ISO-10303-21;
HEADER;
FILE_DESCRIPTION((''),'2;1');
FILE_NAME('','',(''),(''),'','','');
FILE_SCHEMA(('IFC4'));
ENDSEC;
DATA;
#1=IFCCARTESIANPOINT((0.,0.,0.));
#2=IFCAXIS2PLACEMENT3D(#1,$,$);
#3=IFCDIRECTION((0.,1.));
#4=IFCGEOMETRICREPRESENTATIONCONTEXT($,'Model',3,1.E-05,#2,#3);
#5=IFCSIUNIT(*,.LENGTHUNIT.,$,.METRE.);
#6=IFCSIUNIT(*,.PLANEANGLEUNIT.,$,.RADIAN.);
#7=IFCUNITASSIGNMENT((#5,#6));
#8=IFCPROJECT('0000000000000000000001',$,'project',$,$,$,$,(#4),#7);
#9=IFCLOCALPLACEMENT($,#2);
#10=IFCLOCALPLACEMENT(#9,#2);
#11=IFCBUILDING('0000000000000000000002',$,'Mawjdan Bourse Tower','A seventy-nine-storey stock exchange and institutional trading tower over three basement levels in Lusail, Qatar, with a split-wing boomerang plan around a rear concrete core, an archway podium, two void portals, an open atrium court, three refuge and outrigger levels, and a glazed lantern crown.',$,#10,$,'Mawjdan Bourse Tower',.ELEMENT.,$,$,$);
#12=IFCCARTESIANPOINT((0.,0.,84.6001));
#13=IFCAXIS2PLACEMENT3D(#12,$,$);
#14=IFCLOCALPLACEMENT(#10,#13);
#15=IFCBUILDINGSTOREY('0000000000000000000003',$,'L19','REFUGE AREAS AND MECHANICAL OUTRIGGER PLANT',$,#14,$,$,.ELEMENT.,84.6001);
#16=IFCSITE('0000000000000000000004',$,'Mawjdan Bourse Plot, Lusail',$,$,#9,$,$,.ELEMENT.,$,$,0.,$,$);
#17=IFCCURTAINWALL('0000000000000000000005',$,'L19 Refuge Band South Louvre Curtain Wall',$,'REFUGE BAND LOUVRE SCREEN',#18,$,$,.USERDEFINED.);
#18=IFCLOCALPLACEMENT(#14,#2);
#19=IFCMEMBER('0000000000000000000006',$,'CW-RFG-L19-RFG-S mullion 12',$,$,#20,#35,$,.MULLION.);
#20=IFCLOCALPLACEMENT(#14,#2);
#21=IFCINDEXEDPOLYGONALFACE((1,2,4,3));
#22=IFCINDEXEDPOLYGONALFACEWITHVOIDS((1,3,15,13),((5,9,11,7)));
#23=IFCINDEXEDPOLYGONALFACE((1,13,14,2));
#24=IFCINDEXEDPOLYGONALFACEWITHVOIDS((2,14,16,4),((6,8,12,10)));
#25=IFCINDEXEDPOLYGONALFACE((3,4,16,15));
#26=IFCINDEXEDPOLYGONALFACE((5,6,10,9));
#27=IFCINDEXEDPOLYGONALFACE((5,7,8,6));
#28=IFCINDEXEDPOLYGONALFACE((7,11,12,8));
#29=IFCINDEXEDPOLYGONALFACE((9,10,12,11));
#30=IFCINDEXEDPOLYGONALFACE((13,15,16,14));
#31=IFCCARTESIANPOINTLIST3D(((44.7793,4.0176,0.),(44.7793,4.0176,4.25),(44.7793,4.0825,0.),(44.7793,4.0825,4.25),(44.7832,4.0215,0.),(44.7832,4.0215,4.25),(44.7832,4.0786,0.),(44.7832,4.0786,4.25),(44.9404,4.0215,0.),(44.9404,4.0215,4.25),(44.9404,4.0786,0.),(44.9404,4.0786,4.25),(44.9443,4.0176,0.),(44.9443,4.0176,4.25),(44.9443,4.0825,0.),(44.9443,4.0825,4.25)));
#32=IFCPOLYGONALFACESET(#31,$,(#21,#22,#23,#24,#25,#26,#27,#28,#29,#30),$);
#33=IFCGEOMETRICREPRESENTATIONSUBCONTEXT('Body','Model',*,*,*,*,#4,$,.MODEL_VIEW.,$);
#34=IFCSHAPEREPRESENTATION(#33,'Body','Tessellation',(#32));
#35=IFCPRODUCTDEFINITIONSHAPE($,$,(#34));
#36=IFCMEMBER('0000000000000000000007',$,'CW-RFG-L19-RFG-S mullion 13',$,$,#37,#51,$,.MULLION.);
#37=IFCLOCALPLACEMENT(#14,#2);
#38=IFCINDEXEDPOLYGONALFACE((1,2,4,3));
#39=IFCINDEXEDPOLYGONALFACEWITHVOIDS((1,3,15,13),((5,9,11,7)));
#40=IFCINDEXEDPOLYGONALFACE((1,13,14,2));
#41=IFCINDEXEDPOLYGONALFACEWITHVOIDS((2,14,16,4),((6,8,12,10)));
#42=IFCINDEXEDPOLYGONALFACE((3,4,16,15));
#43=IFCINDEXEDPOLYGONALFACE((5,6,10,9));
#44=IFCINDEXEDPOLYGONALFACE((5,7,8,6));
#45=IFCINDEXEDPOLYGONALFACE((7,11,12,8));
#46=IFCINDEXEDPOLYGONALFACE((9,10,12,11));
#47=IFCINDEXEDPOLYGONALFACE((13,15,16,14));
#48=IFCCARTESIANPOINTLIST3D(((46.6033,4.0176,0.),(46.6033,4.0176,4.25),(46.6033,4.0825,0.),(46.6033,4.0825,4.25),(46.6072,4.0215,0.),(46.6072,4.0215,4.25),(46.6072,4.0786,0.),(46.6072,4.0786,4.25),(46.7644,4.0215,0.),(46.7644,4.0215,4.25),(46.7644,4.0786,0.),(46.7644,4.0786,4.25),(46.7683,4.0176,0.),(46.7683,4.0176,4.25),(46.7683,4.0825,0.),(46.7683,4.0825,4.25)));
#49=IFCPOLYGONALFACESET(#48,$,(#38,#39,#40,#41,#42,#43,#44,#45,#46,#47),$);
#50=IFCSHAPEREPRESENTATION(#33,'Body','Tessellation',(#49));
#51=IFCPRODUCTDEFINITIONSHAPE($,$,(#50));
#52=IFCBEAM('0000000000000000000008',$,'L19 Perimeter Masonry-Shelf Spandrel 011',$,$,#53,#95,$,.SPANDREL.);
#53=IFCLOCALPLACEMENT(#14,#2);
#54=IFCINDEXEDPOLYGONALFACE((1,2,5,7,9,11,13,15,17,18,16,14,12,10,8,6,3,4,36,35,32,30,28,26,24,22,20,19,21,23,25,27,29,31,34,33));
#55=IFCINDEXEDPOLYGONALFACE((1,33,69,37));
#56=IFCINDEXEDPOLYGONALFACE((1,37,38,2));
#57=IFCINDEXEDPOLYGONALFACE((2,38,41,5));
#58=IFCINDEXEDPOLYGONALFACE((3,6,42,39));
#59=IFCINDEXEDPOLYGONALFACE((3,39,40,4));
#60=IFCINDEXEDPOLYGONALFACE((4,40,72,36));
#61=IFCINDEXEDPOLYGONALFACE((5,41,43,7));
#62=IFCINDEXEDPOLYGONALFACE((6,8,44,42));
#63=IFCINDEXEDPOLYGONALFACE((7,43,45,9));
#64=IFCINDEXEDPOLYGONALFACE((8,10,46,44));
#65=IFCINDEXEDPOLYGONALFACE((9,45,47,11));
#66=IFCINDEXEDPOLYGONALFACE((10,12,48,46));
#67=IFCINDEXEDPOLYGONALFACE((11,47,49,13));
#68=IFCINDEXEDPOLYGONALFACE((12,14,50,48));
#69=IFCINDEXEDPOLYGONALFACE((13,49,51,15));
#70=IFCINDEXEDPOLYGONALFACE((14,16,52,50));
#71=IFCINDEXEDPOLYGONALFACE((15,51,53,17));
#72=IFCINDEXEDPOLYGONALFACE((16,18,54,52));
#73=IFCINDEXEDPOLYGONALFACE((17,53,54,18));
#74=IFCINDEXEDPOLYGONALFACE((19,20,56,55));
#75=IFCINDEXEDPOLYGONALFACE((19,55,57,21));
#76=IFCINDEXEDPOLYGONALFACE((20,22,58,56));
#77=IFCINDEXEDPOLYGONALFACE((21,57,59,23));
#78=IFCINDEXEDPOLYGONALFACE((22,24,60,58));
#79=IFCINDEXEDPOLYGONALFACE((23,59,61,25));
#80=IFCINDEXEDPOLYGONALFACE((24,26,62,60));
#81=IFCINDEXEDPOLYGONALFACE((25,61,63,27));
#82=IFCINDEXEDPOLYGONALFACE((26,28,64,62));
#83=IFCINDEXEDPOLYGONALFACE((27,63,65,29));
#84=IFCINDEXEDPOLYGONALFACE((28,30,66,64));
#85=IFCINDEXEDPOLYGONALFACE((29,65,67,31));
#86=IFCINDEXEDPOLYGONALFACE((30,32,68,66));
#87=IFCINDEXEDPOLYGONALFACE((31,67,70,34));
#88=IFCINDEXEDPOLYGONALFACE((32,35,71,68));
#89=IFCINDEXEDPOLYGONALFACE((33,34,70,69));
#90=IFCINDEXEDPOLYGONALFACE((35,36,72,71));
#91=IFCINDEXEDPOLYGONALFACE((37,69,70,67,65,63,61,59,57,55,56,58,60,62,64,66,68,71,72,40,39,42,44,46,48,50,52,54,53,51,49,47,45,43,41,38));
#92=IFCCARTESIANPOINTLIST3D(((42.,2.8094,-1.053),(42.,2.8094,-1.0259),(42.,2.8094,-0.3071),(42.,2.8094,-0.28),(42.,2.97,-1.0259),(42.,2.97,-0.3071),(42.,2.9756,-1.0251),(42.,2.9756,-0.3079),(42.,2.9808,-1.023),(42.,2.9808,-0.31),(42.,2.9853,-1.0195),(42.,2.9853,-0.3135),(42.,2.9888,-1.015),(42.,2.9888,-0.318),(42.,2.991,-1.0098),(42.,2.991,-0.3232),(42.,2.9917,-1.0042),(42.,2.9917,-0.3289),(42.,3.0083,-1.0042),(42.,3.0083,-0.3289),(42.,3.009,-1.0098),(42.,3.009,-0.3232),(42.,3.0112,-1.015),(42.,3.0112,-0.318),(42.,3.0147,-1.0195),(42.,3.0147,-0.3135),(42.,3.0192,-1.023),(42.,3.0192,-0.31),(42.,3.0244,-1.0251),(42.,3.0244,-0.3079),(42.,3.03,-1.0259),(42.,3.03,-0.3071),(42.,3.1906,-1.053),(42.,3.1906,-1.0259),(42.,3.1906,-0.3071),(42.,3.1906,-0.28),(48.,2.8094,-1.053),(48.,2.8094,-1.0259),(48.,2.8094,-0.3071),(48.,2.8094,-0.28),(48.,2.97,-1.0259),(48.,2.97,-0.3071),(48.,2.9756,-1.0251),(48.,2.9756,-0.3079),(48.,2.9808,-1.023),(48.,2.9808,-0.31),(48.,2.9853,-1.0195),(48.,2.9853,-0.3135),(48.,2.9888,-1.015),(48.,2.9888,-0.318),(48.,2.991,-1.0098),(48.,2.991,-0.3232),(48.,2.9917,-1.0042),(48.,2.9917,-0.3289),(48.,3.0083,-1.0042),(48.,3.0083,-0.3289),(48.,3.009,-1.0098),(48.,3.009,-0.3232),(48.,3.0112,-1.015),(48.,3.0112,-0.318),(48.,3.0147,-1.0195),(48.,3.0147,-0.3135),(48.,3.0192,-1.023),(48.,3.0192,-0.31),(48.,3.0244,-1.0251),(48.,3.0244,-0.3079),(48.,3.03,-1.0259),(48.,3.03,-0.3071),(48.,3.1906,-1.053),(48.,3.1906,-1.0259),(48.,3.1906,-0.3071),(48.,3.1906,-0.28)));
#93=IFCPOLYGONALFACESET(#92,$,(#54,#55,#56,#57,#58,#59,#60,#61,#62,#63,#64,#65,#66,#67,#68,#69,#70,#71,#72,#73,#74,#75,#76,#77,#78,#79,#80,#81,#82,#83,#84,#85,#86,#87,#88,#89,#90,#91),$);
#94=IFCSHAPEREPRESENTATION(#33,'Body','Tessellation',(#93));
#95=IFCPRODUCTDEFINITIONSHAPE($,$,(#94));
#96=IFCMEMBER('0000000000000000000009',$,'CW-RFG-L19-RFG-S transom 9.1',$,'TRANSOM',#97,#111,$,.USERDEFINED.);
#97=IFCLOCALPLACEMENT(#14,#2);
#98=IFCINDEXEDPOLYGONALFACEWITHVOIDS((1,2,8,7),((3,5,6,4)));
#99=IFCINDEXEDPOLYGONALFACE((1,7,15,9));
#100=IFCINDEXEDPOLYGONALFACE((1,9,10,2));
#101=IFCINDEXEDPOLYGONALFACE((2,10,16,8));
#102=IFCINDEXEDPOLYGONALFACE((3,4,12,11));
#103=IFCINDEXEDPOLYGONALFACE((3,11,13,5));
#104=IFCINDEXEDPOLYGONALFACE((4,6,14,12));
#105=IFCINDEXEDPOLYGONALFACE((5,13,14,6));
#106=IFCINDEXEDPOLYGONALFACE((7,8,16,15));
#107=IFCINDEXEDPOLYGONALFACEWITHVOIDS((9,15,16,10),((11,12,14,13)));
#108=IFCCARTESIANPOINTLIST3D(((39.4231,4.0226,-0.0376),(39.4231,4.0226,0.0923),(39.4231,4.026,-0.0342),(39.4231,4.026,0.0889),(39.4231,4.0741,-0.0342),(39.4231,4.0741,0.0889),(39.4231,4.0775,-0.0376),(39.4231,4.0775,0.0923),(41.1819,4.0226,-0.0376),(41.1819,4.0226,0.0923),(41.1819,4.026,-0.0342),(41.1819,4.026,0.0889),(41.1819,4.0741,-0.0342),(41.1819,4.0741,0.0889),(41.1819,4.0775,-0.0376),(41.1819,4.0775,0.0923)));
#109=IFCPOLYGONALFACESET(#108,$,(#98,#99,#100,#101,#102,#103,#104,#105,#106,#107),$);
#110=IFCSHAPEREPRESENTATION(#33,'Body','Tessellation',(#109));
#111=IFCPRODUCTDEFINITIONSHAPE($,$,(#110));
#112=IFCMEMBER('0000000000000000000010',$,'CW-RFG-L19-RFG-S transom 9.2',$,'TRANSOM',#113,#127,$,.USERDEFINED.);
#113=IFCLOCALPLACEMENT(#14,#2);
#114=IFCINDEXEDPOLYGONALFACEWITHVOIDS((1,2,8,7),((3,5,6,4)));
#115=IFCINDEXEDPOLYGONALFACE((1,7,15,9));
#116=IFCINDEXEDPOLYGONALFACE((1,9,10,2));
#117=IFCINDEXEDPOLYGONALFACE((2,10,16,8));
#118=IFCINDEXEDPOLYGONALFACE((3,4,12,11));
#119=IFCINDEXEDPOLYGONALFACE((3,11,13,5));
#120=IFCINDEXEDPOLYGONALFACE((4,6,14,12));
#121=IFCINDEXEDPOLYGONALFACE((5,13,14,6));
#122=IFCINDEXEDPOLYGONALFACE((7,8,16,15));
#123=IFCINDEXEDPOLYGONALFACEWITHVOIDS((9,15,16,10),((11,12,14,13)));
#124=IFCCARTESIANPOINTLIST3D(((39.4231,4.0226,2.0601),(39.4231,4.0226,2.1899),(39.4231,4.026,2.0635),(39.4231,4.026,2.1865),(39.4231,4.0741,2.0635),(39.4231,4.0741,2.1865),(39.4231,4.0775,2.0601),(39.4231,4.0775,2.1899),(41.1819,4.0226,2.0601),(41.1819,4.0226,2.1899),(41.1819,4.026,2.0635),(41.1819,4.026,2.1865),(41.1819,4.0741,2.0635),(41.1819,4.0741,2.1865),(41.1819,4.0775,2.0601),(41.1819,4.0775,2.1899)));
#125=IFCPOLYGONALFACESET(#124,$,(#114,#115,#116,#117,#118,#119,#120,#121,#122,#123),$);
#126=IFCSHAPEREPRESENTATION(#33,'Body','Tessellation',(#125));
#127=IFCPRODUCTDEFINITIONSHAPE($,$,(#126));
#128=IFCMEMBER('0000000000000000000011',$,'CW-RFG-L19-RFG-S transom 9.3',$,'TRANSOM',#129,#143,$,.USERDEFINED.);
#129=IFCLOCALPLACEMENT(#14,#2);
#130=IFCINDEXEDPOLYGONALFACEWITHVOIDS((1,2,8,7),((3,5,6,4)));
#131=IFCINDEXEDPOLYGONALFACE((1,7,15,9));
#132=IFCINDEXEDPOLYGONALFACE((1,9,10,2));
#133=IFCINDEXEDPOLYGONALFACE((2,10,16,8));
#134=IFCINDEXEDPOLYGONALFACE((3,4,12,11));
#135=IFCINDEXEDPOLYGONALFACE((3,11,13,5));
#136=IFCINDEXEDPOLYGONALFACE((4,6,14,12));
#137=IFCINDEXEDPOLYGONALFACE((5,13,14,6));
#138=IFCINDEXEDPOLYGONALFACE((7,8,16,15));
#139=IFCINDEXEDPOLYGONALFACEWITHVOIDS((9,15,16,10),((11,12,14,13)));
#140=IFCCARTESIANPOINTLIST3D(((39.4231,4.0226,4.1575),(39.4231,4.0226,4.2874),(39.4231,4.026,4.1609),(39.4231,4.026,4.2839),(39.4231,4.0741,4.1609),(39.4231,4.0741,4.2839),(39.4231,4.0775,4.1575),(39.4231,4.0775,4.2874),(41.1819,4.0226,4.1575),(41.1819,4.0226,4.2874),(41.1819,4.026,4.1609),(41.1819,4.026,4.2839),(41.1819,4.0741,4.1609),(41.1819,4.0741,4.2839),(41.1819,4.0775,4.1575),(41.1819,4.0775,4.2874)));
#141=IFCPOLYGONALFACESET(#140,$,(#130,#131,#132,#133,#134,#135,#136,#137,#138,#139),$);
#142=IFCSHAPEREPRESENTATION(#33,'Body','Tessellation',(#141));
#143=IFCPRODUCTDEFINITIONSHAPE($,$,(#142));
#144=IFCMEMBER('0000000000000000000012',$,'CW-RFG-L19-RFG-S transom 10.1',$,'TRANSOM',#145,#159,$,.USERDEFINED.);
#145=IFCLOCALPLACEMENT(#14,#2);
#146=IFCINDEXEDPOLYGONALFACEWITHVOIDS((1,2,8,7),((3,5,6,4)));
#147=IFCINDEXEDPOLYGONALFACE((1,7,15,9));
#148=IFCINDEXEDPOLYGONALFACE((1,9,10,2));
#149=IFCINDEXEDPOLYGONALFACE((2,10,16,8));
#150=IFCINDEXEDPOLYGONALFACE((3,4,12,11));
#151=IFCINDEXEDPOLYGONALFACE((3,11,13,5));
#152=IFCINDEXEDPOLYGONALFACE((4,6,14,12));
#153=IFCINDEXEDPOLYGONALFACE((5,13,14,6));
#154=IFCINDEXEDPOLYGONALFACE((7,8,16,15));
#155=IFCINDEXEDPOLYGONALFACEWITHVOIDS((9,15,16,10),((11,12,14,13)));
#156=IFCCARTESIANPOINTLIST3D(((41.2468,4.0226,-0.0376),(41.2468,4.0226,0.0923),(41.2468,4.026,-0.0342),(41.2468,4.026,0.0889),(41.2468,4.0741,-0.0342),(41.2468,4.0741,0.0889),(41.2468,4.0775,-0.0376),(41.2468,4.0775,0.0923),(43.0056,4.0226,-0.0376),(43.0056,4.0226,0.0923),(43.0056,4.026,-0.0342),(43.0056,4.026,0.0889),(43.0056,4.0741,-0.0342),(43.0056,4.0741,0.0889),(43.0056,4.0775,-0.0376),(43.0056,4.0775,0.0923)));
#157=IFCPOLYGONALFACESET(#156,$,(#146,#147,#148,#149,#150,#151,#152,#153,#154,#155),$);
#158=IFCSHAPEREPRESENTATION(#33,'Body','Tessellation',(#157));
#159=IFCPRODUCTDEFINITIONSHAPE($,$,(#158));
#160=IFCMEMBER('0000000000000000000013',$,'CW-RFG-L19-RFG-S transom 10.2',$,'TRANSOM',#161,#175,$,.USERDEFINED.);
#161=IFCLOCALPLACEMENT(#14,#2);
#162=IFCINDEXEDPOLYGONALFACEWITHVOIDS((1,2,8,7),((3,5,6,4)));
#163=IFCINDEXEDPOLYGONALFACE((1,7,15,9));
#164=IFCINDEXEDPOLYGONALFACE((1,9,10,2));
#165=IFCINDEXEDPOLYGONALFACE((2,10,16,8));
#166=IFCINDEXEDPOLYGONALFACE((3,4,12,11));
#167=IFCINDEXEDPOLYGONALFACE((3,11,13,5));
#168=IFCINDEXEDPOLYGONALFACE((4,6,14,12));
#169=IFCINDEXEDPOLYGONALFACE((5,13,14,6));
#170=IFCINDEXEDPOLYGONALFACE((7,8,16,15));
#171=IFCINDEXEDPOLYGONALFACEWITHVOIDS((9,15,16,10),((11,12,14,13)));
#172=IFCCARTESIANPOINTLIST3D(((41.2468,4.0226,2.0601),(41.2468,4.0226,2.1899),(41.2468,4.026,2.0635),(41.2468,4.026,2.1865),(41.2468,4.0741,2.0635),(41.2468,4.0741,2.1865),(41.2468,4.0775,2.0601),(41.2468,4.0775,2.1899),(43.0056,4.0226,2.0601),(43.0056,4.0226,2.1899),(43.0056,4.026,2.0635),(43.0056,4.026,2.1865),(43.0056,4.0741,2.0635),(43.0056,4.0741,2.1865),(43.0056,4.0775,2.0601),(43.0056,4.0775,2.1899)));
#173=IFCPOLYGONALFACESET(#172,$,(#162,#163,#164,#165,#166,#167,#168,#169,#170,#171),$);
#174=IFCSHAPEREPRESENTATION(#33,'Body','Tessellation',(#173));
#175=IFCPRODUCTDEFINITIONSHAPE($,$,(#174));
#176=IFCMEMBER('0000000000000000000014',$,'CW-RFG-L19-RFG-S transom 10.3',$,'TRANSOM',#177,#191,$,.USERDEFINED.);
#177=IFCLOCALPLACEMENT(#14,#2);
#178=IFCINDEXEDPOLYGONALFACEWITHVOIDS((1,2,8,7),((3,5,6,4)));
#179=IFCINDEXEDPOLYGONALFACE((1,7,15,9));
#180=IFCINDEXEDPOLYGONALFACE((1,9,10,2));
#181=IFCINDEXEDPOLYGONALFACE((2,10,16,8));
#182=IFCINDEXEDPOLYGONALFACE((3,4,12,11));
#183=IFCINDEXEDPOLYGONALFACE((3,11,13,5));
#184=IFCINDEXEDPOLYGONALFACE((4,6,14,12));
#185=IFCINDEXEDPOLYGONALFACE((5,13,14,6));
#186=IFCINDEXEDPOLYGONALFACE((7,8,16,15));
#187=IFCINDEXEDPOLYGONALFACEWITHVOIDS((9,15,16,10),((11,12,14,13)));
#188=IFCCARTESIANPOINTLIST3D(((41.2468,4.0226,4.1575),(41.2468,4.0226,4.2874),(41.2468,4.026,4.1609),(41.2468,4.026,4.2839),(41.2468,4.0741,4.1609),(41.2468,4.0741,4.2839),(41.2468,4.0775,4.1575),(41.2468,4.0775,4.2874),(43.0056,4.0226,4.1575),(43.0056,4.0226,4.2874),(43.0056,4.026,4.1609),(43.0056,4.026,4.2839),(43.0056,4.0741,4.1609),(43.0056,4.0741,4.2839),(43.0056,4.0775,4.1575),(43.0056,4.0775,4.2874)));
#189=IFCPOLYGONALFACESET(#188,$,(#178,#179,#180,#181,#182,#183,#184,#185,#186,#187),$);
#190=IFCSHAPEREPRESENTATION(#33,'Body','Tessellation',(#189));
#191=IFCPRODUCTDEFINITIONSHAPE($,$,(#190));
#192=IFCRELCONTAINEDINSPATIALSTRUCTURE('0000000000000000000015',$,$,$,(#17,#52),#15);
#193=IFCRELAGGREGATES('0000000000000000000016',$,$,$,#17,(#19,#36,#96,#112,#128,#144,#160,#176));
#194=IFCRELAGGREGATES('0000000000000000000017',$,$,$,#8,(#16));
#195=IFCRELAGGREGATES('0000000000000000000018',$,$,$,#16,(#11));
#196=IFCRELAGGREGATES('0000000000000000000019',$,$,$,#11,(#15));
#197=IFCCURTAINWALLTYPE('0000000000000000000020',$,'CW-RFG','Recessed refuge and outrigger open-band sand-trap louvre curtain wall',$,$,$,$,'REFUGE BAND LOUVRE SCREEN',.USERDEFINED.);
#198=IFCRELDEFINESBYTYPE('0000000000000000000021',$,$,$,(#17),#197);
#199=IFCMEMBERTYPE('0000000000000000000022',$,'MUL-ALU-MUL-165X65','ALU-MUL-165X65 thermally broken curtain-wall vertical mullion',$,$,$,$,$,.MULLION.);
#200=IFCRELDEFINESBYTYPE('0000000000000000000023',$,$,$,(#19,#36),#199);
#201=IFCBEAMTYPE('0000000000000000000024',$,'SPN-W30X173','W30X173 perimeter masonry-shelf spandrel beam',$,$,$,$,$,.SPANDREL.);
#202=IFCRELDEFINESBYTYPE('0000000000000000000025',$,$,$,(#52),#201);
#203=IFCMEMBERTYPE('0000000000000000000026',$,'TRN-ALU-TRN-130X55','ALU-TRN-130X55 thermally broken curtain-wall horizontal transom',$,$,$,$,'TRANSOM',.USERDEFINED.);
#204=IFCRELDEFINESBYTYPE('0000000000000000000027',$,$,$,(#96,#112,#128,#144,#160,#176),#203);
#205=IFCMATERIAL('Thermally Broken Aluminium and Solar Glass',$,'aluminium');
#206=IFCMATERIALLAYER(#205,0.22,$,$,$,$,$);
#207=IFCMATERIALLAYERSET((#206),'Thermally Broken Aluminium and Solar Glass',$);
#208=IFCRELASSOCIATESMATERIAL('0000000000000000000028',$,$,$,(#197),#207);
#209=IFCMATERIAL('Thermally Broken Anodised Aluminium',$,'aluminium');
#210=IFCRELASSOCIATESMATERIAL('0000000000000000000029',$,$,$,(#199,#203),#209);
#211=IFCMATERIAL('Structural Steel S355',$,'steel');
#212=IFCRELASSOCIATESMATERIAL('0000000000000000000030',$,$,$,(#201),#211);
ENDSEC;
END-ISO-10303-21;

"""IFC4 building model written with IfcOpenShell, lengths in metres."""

from ifc_helpers import new_model, si_unit, direction, frame, origin, origin_2d, place, context, subcontext, project, spatial, hollow_rectangle, i_section, extrude, material, layer, layer_set, material_profile, profile_set, type_object, element, aggregate, save


model = new_model("IFC4")

# Units and contexts
model_context = context("Model", 3, precision=1e-05, world=origin(), true_north=direction((0.0, 1.0)))
body_context = subcontext(model_context, "Body", "Model", "MODEL_VIEW")
ifc_project = project(units=[si_unit("LENGTHUNIT", "METRE"), si_unit("PLANEANGLEUNIT", "RADIAN")], contexts=[model_context])

# Site, building, storey
site_placement = place(None, origin())
site = spatial("IfcSite", under=ifc_project, at=site_placement, Name="Mawjdan Bourse Plot, Lusail", CompositionType="ELEMENT", RefElevation=0.0)
building_placement = place(site_placement, origin())
building = spatial("IfcBuilding", under=site, at=building_placement, Name="Mawjdan Bourse Tower", Description="A seventy-nine-storey stock exchange and institutional trading tower over three basement levels in Lusail, Qatar, with a split-wing boomerang plan around a rear concrete core, an archway podium, two void portals, an open atrium court, three refuge and outrigger levels, and a glazed lantern crown.", LongName="Mawjdan Bourse Tower", CompositionType="ELEMENT")
storey_placement = place(building_placement, frame((0.0, 0.0, 84.6001)))
storey = spatial("IfcBuildingStorey", under=building, at=storey_placement, Name="L19", Description="REFUGE AREAS AND MECHANICAL OUTRIGGER PLANT", CompositionType="ELEMENT", Elevation=84.6001)

# Shared definitions
ifc_material_1 = material(Name="Structural Steel S355", Category="steel")

# Curtain wall, members
ifc_material_2 = material(Name="Thermally Broken Aluminium and Solar Glass", Category="aluminium")
ifc_layer_1 = layer(ifc_material_2, 0.22)
ifc_layer_set_1 = layer_set([ifc_layer_1], Name="Thermally Broken Aluminium and Solar Glass")
curtain_wall_type = type_object("IfcCurtainWallType", Name="CW-RFG", Description="Recessed refuge and outrigger open-band sand-trap louvre curtain wall", ElementType="REFUGE BAND LOUVRE SCREEN", PredefinedType="USERDEFINED", material=ifc_layer_set_1)
curtain_wall_placement = place(storey_placement, origin())
curtain_wall = element("IfcCurtainWall", 1, at=curtain_wall_placement, inside=storey, type_object=curtain_wall_type, Name="L19 Refuge Band South Louvre Curtain Wall", ObjectType="REFUGE BAND LOUVRE SCREEN", PredefinedType="USERDEFINED")
ifc_material_3 = material(Name="Thermally Broken Anodised Aluminium", Category="aluminium")
ifc_material_profile_1 = material_profile(ifc_material_3, hollow_rectangle(XDim=0.0649, YDim=0.165, WallThickness=0.0039, at=origin_2d()), Name="ALU-MUL-165X65")
ifc_profile_set_1 = profile_set([ifc_material_profile_1], Name="Thermally Broken Anodised Aluminium")
member_type_1 = type_object("IfcMemberType", Name="MUL-ALU-MUL-165X65", Description="ALU-MUL-165X65 thermally broken curtain-wall vertical mullion", PredefinedType="MULLION", material=ifc_profile_set_1)
member_1_placement = place(storey_placement, frame((44.8618, 4.05, 0.0), z_axis=(0.0, 0.0, 1.0), x_axis=(0.0, 1.0, 0.0)))
member_1 = element("IfcMember", 2, at=member_1_placement, type_object=member_type_1, Name="CW-RFG-L19-RFG-S mullion 12", PredefinedType="MULLION", context=body_context, shape_type="SweptSolid", body=[
    extrude(hollow_rectangle(XDim=0.0649, YDim=0.165, WallThickness=0.0039, at=origin_2d()), origin(), (0.0, 0.0, 1.0), 4.25),
])
member_2_placement = place(storey_placement, frame((46.6858, 4.05, 0.0), z_axis=(0.0, 0.0, 1.0), x_axis=(0.0, 1.0, 0.0)))
member_2 = element("IfcMember", 3, at=member_2_placement, type_object=member_type_1, Name="CW-RFG-L19-RFG-S mullion 13", PredefinedType="MULLION", context=body_context, shape_type="SweptSolid", body=[
    extrude(hollow_rectangle(XDim=0.0649, YDim=0.165, WallThickness=0.0039, at=origin_2d()), origin(), (0.0, 0.0, 1.0), 4.25),
])

# Beam
ifc_material_profile_2 = material_profile(ifc_material_1, i_section(OverallWidth=0.3811, OverallDepth=0.7729, WebThickness=0.0166, FlangeThickness=0.0271, FilletRadius=0.0217, at=origin_2d()), Name="W30X173")
ifc_profile_set_2 = profile_set([ifc_material_profile_2], Name="Structural Steel S355")
beam_type_1 = type_object("IfcBeamType", Name="SPN-W30X173", Description="W30X173 perimeter masonry-shelf spandrel beam", PredefinedType="SPANDREL", material=ifc_profile_set_2)
beam_1_placement = place(storey_placement, frame((42.0, 3.0, -0.6665), z_axis=(1.0, 0.0, 0.0), x_axis=(0.0, 1.0, 0.0)))
element("IfcBeam", 4, at=beam_1_placement, inside=storey, type_object=beam_type_1, Name="L19 Perimeter Masonry-Shelf Spandrel 011", PredefinedType="SPANDREL", context=body_context, shape_type="SweptSolid", body=[
    extrude(i_section(OverallWidth=0.3811, OverallDepth=0.7729, WebThickness=0.0166, FlangeThickness=0.0271, FilletRadius=0.0217, at=origin_2d()), origin(), (0.0, 0.0, 1.0), 6.0),
])

# Members
ifc_material_profile_3 = material_profile(ifc_material_3, hollow_rectangle(XDim=0.0549, YDim=0.1299, WallThickness=0.0034, at=origin_2d()), Name="ALU-TRN-130X55")
ifc_profile_set_3 = profile_set([ifc_material_profile_3], Name="Thermally Broken Anodised Aluminium")
member_type_2 = type_object("IfcMemberType", Name="TRN-ALU-TRN-130X55", Description="ALU-TRN-130X55 thermally broken curtain-wall horizontal transom", ElementType="TRANSOM", PredefinedType="USERDEFINED", material=ifc_profile_set_3)
member_3_placement = place(storey_placement, frame((39.4231, 4.05, 0.0273), z_axis=(1.0, 0.0, 0.0), x_axis=(0.0, 1.0, 0.0)))
member_3 = element("IfcMember", 5, at=member_3_placement, type_object=member_type_2, Name="CW-RFG-L19-RFG-S transom 9.1", ObjectType="TRANSOM", PredefinedType="USERDEFINED", context=body_context, shape_type="SweptSolid", body=[
    extrude(hollow_rectangle(XDim=0.0549, YDim=0.1299, WallThickness=0.0034, at=origin_2d()), origin(), (0.0, 0.0, 1.0), 1.7588),
])
member_4_placement = place(storey_placement, frame((39.4231, 4.05, 2.125), z_axis=(1.0, 0.0, 0.0), x_axis=(0.0, 1.0, 0.0)))
member_4 = element("IfcMember", 6, at=member_4_placement, type_object=member_type_2, Name="CW-RFG-L19-RFG-S transom 9.2", ObjectType="TRANSOM", PredefinedType="USERDEFINED", context=body_context, shape_type="SweptSolid", body=[
    extrude(hollow_rectangle(XDim=0.0549, YDim=0.1299, WallThickness=0.0034, at=origin_2d()), origin(), (0.0, 0.0, 1.0), 1.7588),
])
member_5_placement = place(storey_placement, frame((39.4231, 4.05, 4.2224), z_axis=(1.0, 0.0, 0.0), x_axis=(0.0, 1.0, 0.0)))
member_5 = element("IfcMember", 7, at=member_5_placement, type_object=member_type_2, Name="CW-RFG-L19-RFG-S transom 9.3", ObjectType="TRANSOM", PredefinedType="USERDEFINED", context=body_context, shape_type="SweptSolid", body=[
    extrude(hollow_rectangle(XDim=0.0549, YDim=0.1299, WallThickness=0.0034, at=origin_2d()), origin(), (0.0, 0.0, 1.0), 1.7588),
])
member_6_placement = place(storey_placement, frame((41.2468, 4.05, 0.0273), z_axis=(1.0, 0.0, 0.0), x_axis=(0.0, 1.0, 0.0)))
member_6 = element("IfcMember", 8, at=member_6_placement, type_object=member_type_2, Name="CW-RFG-L19-RFG-S transom 10.1", ObjectType="TRANSOM", PredefinedType="USERDEFINED", context=body_context, shape_type="SweptSolid", body=[
    extrude(hollow_rectangle(XDim=0.0549, YDim=0.1299, WallThickness=0.0034, at=origin_2d()), origin(), (0.0, 0.0, 1.0), 1.7588),
])
member_7_placement = place(storey_placement, frame((41.2468, 4.05, 2.125), z_axis=(1.0, 0.0, 0.0), x_axis=(0.0, 1.0, 0.0)))
member_7 = element("IfcMember", 9, at=member_7_placement, type_object=member_type_2, Name="CW-RFG-L19-RFG-S transom 10.2", ObjectType="TRANSOM", PredefinedType="USERDEFINED", context=body_context, shape_type="SweptSolid", body=[
    extrude(hollow_rectangle(XDim=0.0549, YDim=0.1299, WallThickness=0.0034, at=origin_2d()), origin(), (0.0, 0.0, 1.0), 1.7588),
])
member_8_placement = place(storey_placement, frame((41.2468, 4.05, 4.2224), z_axis=(1.0, 0.0, 0.0), x_axis=(0.0, 1.0, 0.0)))
member_8 = element("IfcMember", 10, at=member_8_placement, type_object=member_type_2, Name="CW-RFG-L19-RFG-S transom 10.3", ObjectType="TRANSOM", PredefinedType="USERDEFINED", context=body_context, shape_type="SweptSolid", body=[
    extrude(hollow_rectangle(XDim=0.0549, YDim=0.1299, WallThickness=0.0034, at=origin_2d()), origin(), (0.0, 0.0, 1.0), 1.7588),
])

aggregate(curtain_wall, [member_1, member_2, member_3, member_4, member_5, member_6, member_7, member_8])

save(model, "model.ifc")
